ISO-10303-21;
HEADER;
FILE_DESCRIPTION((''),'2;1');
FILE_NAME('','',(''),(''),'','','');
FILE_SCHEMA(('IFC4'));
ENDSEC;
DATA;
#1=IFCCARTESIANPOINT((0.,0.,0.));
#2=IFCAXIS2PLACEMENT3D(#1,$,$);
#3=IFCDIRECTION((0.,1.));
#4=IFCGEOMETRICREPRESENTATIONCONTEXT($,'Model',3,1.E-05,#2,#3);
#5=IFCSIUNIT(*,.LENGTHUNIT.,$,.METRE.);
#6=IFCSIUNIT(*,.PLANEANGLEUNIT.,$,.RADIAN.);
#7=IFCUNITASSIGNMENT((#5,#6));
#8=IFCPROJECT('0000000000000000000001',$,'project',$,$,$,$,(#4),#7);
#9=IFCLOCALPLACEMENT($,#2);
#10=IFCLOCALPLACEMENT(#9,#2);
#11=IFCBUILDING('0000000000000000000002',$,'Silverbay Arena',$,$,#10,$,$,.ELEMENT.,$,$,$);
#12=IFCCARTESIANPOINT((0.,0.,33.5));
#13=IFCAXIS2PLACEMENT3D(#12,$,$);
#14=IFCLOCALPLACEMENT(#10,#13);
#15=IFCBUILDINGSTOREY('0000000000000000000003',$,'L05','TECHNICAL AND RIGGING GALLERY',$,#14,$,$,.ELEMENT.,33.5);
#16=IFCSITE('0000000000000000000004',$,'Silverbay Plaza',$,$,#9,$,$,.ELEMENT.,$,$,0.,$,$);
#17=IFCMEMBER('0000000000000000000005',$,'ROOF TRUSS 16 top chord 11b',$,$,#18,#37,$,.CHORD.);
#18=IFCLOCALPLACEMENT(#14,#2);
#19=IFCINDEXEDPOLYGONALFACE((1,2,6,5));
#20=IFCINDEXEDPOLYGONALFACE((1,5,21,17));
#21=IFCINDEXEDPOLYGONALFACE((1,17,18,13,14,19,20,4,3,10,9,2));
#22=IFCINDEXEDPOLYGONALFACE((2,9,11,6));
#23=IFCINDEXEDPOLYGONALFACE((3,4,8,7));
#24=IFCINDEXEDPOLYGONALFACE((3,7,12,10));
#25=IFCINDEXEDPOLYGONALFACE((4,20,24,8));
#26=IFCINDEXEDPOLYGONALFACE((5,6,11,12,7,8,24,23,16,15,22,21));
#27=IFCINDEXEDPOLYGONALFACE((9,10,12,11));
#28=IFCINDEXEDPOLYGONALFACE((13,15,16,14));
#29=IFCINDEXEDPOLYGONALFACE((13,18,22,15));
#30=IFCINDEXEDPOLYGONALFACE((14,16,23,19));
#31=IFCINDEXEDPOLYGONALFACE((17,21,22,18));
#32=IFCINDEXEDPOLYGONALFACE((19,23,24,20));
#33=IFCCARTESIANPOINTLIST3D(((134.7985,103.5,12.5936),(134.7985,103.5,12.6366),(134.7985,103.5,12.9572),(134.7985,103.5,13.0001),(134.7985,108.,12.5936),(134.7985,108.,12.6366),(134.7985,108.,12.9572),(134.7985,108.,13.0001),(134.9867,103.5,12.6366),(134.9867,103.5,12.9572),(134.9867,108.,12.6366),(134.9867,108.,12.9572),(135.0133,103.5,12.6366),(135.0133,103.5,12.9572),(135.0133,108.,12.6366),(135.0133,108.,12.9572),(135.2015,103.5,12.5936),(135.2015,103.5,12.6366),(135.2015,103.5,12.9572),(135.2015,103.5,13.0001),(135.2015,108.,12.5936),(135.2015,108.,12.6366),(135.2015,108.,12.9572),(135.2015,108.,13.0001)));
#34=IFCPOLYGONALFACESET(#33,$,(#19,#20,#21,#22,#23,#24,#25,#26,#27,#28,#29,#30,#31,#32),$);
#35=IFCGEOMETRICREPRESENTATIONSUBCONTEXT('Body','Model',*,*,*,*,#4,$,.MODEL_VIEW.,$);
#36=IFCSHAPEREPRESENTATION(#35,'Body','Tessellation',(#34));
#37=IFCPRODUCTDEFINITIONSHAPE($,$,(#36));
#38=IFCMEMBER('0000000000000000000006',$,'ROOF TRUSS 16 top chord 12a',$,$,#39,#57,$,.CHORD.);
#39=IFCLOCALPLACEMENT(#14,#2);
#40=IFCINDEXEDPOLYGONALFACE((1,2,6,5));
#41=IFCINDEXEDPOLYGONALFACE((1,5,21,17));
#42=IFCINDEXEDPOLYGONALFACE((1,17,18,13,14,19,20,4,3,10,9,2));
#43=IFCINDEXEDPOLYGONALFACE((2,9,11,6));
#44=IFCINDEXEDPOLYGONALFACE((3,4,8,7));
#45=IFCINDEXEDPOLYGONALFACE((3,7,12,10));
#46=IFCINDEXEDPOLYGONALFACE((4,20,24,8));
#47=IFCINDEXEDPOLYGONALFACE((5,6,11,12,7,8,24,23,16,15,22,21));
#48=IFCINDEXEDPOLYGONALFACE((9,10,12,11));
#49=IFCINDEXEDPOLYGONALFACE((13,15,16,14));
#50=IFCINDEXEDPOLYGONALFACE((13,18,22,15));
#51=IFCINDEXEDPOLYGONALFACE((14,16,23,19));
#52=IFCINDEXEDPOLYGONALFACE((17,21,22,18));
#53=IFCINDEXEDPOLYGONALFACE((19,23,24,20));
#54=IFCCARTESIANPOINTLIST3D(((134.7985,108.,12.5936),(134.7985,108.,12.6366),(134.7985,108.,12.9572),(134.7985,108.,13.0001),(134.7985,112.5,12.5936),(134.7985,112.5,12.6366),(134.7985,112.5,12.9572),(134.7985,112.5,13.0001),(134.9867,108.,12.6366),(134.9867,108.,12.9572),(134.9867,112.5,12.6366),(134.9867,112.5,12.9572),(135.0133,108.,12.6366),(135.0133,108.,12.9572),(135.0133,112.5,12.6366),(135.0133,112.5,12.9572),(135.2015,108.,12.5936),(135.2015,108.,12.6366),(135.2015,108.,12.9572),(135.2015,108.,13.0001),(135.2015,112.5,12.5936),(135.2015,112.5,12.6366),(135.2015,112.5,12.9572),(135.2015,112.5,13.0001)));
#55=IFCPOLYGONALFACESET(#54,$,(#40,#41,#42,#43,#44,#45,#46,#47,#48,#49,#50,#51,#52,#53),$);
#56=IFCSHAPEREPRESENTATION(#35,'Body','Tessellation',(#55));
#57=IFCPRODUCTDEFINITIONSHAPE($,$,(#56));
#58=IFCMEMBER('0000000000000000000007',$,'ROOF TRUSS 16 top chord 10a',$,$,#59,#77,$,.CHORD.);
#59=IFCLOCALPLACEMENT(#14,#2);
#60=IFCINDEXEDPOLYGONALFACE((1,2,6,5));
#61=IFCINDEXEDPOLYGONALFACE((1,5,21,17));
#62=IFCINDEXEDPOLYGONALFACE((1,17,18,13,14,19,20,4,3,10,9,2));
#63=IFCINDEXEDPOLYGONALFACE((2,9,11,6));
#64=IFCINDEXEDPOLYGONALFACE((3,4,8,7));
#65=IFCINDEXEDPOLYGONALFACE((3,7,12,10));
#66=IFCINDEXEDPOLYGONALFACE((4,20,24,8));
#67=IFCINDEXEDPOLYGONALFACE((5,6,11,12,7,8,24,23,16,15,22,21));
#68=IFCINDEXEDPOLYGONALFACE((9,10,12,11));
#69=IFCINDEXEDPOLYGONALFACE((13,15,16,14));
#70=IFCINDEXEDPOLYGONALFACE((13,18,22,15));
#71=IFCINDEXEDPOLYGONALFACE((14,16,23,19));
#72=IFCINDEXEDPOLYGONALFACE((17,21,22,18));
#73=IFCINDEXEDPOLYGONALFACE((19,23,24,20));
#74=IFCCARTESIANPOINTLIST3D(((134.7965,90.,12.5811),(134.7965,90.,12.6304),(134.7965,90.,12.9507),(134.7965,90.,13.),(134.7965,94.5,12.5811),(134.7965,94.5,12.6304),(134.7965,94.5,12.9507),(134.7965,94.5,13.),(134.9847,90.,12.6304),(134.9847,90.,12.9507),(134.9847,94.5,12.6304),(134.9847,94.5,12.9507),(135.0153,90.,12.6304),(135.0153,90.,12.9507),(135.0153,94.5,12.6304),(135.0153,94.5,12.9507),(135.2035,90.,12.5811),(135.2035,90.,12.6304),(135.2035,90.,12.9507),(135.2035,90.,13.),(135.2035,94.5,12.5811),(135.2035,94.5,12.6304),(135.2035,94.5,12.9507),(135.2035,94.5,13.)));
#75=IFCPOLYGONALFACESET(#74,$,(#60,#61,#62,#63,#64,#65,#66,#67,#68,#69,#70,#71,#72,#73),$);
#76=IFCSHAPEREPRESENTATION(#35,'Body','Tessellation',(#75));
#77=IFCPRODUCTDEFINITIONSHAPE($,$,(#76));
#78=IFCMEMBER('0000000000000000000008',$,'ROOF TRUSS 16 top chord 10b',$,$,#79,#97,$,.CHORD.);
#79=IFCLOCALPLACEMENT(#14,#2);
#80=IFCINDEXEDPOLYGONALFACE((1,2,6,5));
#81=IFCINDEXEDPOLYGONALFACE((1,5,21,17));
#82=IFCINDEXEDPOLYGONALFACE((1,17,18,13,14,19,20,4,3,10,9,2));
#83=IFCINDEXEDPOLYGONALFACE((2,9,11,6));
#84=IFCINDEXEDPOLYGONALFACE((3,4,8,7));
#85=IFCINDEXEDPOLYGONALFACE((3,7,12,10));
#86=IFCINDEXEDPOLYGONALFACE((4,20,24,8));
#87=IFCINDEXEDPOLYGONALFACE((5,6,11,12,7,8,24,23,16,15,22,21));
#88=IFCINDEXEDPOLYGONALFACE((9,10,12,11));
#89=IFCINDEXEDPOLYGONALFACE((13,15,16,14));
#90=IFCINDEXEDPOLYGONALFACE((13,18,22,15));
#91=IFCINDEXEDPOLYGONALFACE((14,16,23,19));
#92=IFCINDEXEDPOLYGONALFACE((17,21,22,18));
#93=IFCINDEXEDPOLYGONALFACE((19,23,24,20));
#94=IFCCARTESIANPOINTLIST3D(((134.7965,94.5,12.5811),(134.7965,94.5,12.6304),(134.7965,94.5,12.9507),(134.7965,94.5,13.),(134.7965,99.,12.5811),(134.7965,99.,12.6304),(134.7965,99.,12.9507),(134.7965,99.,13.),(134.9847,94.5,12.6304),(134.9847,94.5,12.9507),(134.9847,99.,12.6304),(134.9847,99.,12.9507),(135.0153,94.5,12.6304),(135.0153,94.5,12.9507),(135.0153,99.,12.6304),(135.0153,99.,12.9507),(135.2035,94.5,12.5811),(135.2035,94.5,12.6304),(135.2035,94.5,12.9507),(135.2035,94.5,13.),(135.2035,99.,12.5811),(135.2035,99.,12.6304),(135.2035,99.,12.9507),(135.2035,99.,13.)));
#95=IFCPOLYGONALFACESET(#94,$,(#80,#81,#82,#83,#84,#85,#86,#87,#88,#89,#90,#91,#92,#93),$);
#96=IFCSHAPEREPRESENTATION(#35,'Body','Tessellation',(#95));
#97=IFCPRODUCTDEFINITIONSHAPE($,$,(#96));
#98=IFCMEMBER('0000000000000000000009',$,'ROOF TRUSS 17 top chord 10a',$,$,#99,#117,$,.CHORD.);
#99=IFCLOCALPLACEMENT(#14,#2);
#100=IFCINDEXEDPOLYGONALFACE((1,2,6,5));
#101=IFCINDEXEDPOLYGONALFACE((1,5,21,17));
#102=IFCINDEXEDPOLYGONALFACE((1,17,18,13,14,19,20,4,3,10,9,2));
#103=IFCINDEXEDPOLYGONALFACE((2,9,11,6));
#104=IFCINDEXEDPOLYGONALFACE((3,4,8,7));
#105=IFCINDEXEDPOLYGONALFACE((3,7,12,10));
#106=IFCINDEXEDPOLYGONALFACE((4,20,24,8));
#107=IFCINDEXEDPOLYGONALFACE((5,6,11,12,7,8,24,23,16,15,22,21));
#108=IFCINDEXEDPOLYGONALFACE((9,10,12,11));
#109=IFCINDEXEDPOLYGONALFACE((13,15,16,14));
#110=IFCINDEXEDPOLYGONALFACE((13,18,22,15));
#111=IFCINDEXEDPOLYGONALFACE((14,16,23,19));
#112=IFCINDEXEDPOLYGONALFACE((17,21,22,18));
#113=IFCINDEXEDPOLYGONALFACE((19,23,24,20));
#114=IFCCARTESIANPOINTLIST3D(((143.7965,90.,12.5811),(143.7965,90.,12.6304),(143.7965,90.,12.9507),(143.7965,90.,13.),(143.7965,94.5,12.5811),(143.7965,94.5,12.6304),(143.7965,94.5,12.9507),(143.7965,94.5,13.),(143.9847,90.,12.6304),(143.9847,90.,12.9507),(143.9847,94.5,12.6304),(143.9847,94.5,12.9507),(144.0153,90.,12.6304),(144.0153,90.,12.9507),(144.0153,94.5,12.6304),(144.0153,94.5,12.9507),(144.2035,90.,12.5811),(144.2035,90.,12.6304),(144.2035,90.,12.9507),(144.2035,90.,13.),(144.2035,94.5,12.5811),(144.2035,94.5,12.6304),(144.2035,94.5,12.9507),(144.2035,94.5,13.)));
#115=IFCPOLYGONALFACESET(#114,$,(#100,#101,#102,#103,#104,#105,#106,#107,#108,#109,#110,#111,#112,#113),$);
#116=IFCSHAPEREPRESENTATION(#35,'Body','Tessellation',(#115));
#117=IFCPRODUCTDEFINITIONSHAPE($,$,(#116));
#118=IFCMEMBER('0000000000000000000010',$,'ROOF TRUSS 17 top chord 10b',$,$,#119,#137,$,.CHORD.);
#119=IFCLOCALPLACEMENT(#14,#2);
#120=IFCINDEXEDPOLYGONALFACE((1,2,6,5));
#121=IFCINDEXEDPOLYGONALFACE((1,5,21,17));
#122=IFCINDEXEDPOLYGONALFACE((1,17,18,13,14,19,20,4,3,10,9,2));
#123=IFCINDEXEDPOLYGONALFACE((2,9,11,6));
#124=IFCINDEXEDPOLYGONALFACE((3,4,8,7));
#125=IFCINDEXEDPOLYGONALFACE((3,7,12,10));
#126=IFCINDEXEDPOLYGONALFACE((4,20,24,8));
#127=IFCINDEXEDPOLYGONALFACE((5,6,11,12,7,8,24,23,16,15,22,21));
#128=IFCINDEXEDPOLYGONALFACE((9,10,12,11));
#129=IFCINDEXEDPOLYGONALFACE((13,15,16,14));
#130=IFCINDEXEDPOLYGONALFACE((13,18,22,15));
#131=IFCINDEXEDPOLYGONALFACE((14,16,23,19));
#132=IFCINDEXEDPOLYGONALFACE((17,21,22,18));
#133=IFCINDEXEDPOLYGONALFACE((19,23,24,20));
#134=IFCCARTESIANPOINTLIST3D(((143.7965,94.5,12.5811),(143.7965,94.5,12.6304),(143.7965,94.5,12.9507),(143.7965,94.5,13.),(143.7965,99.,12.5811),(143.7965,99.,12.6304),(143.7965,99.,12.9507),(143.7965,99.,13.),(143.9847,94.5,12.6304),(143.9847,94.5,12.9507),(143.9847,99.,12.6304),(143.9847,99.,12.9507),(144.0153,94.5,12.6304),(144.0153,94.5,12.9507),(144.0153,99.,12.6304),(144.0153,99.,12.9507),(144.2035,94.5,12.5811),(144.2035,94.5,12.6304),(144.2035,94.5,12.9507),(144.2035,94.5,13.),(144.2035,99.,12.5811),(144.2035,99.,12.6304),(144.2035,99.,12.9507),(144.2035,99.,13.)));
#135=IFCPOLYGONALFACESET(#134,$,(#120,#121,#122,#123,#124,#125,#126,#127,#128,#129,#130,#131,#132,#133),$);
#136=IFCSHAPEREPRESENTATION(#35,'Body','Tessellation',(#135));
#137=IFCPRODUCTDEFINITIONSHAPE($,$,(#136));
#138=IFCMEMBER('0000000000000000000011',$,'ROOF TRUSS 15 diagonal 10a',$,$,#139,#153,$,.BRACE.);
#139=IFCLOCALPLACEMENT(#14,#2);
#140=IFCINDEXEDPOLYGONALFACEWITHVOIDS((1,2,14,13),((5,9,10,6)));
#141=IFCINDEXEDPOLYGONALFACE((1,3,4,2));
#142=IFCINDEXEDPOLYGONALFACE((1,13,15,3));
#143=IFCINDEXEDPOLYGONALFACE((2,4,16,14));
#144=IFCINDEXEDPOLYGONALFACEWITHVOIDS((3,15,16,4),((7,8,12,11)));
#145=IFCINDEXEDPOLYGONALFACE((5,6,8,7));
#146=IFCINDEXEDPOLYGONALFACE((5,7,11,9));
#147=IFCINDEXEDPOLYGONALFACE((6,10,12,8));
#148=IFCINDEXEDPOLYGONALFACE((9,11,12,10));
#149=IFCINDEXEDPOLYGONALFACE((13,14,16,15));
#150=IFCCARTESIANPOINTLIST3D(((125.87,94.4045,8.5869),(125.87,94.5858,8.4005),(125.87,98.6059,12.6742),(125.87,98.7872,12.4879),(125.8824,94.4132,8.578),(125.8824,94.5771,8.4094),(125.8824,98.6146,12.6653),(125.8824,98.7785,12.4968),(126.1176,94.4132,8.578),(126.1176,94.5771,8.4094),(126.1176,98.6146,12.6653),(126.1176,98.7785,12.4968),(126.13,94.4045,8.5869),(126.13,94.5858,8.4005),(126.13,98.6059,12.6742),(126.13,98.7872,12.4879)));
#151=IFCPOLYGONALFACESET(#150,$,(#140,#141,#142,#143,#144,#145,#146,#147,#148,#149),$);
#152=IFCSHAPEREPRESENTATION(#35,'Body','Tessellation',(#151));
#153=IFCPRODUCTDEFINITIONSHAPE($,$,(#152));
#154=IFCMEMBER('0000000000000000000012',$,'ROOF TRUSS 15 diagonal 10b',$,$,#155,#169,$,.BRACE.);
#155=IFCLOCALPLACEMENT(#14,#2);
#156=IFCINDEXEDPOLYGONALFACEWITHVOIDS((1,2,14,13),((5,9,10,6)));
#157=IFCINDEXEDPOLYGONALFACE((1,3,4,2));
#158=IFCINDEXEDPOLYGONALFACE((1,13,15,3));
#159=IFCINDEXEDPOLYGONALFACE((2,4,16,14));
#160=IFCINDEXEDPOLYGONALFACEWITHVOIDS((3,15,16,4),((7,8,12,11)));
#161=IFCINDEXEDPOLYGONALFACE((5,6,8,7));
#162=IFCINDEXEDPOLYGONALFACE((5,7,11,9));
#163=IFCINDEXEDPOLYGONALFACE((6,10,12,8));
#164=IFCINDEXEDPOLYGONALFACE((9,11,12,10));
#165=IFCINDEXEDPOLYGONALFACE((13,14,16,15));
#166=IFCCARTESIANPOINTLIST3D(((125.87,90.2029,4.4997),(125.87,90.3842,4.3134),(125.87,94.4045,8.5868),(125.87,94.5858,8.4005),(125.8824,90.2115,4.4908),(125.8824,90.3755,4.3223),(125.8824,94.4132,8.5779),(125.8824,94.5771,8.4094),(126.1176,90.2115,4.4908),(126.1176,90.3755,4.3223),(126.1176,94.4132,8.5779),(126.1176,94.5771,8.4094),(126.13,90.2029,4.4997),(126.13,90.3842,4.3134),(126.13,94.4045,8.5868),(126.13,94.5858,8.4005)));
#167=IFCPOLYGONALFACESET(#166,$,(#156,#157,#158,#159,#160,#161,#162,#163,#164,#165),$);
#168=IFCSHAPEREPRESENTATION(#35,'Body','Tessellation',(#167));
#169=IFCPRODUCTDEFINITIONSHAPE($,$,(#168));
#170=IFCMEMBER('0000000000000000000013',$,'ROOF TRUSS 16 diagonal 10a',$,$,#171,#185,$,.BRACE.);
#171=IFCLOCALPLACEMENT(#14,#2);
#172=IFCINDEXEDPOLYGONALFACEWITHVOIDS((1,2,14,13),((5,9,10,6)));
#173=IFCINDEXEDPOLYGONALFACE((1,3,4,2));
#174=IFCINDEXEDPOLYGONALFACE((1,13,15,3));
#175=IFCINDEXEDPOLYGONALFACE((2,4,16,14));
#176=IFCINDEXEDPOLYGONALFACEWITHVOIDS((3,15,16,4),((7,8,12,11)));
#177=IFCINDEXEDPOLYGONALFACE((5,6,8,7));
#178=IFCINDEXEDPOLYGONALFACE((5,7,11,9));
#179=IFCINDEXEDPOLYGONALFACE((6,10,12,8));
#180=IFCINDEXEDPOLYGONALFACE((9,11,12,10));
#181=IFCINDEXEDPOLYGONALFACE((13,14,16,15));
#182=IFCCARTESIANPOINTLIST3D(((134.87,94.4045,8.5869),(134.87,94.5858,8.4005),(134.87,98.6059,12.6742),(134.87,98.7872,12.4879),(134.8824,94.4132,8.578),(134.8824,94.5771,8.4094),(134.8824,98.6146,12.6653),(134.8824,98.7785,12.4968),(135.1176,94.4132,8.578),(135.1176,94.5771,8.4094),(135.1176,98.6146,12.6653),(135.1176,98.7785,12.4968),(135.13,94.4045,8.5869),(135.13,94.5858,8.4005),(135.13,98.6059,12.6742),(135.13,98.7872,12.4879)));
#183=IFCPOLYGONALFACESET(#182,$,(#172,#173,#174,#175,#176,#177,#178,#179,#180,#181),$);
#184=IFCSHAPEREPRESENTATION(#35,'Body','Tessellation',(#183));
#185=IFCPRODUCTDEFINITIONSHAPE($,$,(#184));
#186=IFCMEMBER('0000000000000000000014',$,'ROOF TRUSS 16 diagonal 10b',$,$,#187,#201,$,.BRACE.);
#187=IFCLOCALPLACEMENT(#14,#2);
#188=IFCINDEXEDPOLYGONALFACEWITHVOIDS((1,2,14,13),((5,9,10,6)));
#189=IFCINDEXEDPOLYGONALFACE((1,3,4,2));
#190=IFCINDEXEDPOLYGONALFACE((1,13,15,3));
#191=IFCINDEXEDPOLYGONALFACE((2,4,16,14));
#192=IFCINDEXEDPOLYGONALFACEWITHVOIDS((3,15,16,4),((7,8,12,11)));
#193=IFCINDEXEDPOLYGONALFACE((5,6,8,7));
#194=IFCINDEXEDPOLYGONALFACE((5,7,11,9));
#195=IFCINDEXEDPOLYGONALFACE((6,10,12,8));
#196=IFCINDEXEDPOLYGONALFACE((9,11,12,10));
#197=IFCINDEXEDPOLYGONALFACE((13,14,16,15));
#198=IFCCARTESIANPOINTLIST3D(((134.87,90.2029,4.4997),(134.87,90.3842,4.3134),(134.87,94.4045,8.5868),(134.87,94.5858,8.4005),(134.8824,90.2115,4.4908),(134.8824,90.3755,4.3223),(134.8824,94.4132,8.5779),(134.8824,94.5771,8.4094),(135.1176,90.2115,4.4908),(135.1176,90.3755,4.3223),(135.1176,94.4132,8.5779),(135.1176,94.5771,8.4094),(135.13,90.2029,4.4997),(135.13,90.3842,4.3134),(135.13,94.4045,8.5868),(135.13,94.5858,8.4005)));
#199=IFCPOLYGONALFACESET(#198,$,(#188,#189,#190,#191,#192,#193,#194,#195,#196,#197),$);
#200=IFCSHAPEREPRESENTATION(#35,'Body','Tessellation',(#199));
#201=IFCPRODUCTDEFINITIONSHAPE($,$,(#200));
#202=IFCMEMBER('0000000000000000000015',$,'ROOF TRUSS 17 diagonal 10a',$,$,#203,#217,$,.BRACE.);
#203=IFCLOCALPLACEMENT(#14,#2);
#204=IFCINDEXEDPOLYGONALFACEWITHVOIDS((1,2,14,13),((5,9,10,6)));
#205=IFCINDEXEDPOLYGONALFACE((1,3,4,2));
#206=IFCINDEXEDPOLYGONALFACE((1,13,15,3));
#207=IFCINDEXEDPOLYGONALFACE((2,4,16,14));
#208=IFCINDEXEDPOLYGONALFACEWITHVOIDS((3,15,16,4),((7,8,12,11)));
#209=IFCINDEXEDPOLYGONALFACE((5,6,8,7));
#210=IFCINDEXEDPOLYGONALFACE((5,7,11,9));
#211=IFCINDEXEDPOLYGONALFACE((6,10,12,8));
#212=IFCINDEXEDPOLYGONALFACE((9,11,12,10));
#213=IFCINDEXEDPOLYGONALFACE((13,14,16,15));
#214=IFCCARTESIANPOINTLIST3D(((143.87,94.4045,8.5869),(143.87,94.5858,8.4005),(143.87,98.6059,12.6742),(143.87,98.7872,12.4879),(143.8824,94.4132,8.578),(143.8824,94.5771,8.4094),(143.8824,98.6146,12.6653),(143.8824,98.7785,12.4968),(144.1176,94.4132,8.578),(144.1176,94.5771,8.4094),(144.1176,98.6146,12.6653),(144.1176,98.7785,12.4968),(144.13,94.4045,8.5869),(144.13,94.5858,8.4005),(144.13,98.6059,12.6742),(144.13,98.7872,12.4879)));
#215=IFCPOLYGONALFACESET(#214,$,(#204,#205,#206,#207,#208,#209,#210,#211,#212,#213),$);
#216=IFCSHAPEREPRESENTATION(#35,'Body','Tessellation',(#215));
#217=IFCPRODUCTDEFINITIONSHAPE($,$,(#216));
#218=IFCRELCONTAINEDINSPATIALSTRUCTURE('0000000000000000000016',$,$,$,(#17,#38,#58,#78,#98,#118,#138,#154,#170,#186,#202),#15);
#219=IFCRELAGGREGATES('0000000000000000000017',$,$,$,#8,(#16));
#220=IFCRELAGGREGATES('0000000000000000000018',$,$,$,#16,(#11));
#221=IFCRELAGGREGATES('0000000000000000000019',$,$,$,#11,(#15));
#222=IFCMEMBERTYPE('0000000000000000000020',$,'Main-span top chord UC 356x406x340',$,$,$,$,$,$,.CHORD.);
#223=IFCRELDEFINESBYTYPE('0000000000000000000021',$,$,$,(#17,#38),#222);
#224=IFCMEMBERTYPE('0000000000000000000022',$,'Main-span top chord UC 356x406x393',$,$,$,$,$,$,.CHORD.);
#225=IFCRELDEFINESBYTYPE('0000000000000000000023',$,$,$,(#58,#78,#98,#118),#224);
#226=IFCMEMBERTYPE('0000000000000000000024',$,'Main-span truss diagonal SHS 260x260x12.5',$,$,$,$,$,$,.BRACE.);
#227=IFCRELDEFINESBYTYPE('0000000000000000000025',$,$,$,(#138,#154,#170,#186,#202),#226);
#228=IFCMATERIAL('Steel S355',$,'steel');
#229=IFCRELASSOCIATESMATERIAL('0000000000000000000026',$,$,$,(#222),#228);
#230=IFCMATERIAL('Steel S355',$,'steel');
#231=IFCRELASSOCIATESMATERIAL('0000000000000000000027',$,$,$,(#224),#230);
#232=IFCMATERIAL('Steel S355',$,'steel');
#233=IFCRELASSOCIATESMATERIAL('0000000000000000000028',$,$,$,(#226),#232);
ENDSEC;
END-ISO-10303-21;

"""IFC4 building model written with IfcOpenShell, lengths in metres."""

from ifc_helpers import new_model, si_unit, direction, frame, origin, origin_2d, place, context, subcontext, project, spatial, hollow_rectangle, i_section, extrude, material, material_profile, profile_set, type_object, element, save


model = new_model("IFC4")

# Units and contexts
model_context = context("Model", 3, precision=1e-05, world=origin(), true_north=direction((0.0, 1.0)))
body_context = subcontext(model_context, "Body", "Model", "MODEL_VIEW")
ifc_project = project(units=[si_unit("LENGTHUNIT", "METRE"), si_unit("PLANEANGLEUNIT", "RADIAN")], contexts=[model_context])

# Site, building, storey
site_placement = place(None, origin())
site = spatial("IfcSite", under=ifc_project, at=site_placement, Name="Silverbay Plaza", CompositionType="ELEMENT", RefElevation=0.0)
building_placement = place(site_placement, origin())
building = spatial("IfcBuilding", under=site, at=building_placement, Name="Silverbay Arena", CompositionType="ELEMENT")
storey_placement = place(building_placement, frame((0.0, 0.0, 33.5)))
storey = spatial("IfcBuildingStorey", under=building, at=storey_placement, Name="L05", Description="TECHNICAL AND RIGGING GALLERY", CompositionType="ELEMENT", Elevation=33.5)

# Members
ifc_material_1 = material(Name="Steel S355", Category="steel")
ifc_material_profile_1 = material_profile(ifc_material_1, i_section(OverallWidth=0.4031, OverallDepth=0.4065, WebThickness=0.0266, FlangeThickness=0.043, at=origin_2d()), Name="UC 356x406x340")
ifc_profile_set_1 = profile_set([ifc_material_profile_1], Name="Steel S355")
member_type_1 = type_object("IfcMemberType", Name="Main-span top chord UC 356x406x340", PredefinedType="CHORD", material=ifc_profile_set_1)
for number, where, z_axis, x_axis, name in (
    (1, (135.0, 103.5, 12.7969), (0.0, 1.0, 0.0), (-1.0, 0.0, 0.0), "ROOF TRUSS 16 top chord 11b"),
    (2, (135.0, 108.0, 12.7969), (0.0, 1.0, 0.0), (-1.0, 0.0, 0.0), "ROOF TRUSS 16 top chord 12a"),
):
    element("IfcMember", number, at=place(storey_placement, frame(where, z_axis=z_axis, x_axis=x_axis)), inside=storey, type_object=member_type_1, Name=name, PredefinedType="CHORD", context=body_context, shape_type="SweptSolid", body=[
        extrude(i_section(OverallWidth=0.4031, OverallDepth=0.4065, WebThickness=0.0266, FlangeThickness=0.043, at=origin_2d()), origin(), (0.0, 0.0, 1.0), 4.5),
    ])
ifc_material_2 = material(Name="Steel S355", Category="steel")
ifc_material_profile_2 = material_profile(ifc_material_2, i_section(OverallWidth=0.407, OverallDepth=0.4189, WebThickness=0.0305, FlangeThickness=0.0493, at=origin_2d()), Name="UC 356x406x393")
ifc_profile_set_2 = profile_set([ifc_material_profile_2], Name="Steel S355")
member_type_2 = type_object("IfcMemberType", Name="Main-span top chord UC 356x406x393", PredefinedType="CHORD", material=ifc_profile_set_2)
for number, where, z_axis, x_axis, name in (
    (3, (135.0, 90.0, 12.7905), (0.0, 1.0, 0.0), (-1.0, 0.0, 0.0), "ROOF TRUSS 16 top chord 10a"),
    (4, (135.0, 94.5, 12.7905), (0.0, 1.0, 0.0), (-1.0, 0.0, 0.0), "ROOF TRUSS 16 top chord 10b"),
    (5, (144.0, 90.0, 12.7905), (0.0, 1.0, 0.0), (-1.0, 0.0, 0.0), "ROOF TRUSS 17 top chord 10a"),
    (6, (144.0, 94.5, 12.7905), (0.0, 1.0, 0.0), (-1.0, 0.0, 0.0), "ROOF TRUSS 17 top chord 10b"),
):
    element("IfcMember", number, at=place(storey_placement, frame(where, z_axis=z_axis, x_axis=x_axis)), inside=storey, type_object=member_type_2, Name=name, PredefinedType="CHORD", context=body_context, shape_type="SweptSolid", body=[
        extrude(i_section(OverallWidth=0.407, OverallDepth=0.4189, WebThickness=0.0305, FlangeThickness=0.0493, at=origin_2d()), origin(), (0.0, 0.0, 1.0), 4.5),
    ])
ifc_material_3 = material(Name="Steel S355", Category="steel")
ifc_material_profile_3 = material_profile(ifc_material_3, hollow_rectangle(XDim=0.26, YDim=0.26, WallThickness=0.0125, at=origin_2d()), Name="SHS 260x260x12.5")
ifc_profile_set_3 = profile_set([ifc_material_profile_3], Name="Steel S355")
member_type_3 = type_object("IfcMemberType", Name="Main-span truss diagonal SHS 260x260x12.5", PredefinedType="BRACE", material=ifc_profile_set_3)
for number, where, z_axis, x_axis, name in (
    (7, (126.0, 98.6965, 12.5811), (0.0, -0.716765, -0.697314), (1.0, 0.0, 0.0), "ROOF TRUSS 15 diagonal 10a"),
    (8, (126.0, 94.4951, 8.4937), (0.0, -0.716806, -0.697272), (1.0, 0.0, 0.0), "ROOF TRUSS 15 diagonal 10b"),
    (9, (135.0, 98.6965, 12.5811), (0.0, -0.716765, -0.697314), (1.0, 0.0, 0.0), "ROOF TRUSS 16 diagonal 10a"),
    (10, (135.0, 94.4951, 8.4937), (0.0, -0.716806, -0.697272), (1.0, 0.0, 0.0), "ROOF TRUSS 16 diagonal 10b"),
    (11, (144.0, 98.6965, 12.5811), (0.0, -0.716765, -0.697314), (1.0, 0.0, 0.0), "ROOF TRUSS 17 diagonal 10a"),
):
    element("IfcMember", number, at=place(storey_placement, frame(where, z_axis=z_axis, x_axis=x_axis)), inside=storey, type_object=member_type_3, Name=name, PredefinedType="BRACE", context=body_context, shape_type="SweptSolid", body=[
        extrude(hollow_rectangle(XDim=0.26, YDim=0.26, WallThickness=0.0125, at=origin_2d()), origin(), (0.0, 0.0, 1.0), 5.8616),
    ])

save(model, "model.ifc")
